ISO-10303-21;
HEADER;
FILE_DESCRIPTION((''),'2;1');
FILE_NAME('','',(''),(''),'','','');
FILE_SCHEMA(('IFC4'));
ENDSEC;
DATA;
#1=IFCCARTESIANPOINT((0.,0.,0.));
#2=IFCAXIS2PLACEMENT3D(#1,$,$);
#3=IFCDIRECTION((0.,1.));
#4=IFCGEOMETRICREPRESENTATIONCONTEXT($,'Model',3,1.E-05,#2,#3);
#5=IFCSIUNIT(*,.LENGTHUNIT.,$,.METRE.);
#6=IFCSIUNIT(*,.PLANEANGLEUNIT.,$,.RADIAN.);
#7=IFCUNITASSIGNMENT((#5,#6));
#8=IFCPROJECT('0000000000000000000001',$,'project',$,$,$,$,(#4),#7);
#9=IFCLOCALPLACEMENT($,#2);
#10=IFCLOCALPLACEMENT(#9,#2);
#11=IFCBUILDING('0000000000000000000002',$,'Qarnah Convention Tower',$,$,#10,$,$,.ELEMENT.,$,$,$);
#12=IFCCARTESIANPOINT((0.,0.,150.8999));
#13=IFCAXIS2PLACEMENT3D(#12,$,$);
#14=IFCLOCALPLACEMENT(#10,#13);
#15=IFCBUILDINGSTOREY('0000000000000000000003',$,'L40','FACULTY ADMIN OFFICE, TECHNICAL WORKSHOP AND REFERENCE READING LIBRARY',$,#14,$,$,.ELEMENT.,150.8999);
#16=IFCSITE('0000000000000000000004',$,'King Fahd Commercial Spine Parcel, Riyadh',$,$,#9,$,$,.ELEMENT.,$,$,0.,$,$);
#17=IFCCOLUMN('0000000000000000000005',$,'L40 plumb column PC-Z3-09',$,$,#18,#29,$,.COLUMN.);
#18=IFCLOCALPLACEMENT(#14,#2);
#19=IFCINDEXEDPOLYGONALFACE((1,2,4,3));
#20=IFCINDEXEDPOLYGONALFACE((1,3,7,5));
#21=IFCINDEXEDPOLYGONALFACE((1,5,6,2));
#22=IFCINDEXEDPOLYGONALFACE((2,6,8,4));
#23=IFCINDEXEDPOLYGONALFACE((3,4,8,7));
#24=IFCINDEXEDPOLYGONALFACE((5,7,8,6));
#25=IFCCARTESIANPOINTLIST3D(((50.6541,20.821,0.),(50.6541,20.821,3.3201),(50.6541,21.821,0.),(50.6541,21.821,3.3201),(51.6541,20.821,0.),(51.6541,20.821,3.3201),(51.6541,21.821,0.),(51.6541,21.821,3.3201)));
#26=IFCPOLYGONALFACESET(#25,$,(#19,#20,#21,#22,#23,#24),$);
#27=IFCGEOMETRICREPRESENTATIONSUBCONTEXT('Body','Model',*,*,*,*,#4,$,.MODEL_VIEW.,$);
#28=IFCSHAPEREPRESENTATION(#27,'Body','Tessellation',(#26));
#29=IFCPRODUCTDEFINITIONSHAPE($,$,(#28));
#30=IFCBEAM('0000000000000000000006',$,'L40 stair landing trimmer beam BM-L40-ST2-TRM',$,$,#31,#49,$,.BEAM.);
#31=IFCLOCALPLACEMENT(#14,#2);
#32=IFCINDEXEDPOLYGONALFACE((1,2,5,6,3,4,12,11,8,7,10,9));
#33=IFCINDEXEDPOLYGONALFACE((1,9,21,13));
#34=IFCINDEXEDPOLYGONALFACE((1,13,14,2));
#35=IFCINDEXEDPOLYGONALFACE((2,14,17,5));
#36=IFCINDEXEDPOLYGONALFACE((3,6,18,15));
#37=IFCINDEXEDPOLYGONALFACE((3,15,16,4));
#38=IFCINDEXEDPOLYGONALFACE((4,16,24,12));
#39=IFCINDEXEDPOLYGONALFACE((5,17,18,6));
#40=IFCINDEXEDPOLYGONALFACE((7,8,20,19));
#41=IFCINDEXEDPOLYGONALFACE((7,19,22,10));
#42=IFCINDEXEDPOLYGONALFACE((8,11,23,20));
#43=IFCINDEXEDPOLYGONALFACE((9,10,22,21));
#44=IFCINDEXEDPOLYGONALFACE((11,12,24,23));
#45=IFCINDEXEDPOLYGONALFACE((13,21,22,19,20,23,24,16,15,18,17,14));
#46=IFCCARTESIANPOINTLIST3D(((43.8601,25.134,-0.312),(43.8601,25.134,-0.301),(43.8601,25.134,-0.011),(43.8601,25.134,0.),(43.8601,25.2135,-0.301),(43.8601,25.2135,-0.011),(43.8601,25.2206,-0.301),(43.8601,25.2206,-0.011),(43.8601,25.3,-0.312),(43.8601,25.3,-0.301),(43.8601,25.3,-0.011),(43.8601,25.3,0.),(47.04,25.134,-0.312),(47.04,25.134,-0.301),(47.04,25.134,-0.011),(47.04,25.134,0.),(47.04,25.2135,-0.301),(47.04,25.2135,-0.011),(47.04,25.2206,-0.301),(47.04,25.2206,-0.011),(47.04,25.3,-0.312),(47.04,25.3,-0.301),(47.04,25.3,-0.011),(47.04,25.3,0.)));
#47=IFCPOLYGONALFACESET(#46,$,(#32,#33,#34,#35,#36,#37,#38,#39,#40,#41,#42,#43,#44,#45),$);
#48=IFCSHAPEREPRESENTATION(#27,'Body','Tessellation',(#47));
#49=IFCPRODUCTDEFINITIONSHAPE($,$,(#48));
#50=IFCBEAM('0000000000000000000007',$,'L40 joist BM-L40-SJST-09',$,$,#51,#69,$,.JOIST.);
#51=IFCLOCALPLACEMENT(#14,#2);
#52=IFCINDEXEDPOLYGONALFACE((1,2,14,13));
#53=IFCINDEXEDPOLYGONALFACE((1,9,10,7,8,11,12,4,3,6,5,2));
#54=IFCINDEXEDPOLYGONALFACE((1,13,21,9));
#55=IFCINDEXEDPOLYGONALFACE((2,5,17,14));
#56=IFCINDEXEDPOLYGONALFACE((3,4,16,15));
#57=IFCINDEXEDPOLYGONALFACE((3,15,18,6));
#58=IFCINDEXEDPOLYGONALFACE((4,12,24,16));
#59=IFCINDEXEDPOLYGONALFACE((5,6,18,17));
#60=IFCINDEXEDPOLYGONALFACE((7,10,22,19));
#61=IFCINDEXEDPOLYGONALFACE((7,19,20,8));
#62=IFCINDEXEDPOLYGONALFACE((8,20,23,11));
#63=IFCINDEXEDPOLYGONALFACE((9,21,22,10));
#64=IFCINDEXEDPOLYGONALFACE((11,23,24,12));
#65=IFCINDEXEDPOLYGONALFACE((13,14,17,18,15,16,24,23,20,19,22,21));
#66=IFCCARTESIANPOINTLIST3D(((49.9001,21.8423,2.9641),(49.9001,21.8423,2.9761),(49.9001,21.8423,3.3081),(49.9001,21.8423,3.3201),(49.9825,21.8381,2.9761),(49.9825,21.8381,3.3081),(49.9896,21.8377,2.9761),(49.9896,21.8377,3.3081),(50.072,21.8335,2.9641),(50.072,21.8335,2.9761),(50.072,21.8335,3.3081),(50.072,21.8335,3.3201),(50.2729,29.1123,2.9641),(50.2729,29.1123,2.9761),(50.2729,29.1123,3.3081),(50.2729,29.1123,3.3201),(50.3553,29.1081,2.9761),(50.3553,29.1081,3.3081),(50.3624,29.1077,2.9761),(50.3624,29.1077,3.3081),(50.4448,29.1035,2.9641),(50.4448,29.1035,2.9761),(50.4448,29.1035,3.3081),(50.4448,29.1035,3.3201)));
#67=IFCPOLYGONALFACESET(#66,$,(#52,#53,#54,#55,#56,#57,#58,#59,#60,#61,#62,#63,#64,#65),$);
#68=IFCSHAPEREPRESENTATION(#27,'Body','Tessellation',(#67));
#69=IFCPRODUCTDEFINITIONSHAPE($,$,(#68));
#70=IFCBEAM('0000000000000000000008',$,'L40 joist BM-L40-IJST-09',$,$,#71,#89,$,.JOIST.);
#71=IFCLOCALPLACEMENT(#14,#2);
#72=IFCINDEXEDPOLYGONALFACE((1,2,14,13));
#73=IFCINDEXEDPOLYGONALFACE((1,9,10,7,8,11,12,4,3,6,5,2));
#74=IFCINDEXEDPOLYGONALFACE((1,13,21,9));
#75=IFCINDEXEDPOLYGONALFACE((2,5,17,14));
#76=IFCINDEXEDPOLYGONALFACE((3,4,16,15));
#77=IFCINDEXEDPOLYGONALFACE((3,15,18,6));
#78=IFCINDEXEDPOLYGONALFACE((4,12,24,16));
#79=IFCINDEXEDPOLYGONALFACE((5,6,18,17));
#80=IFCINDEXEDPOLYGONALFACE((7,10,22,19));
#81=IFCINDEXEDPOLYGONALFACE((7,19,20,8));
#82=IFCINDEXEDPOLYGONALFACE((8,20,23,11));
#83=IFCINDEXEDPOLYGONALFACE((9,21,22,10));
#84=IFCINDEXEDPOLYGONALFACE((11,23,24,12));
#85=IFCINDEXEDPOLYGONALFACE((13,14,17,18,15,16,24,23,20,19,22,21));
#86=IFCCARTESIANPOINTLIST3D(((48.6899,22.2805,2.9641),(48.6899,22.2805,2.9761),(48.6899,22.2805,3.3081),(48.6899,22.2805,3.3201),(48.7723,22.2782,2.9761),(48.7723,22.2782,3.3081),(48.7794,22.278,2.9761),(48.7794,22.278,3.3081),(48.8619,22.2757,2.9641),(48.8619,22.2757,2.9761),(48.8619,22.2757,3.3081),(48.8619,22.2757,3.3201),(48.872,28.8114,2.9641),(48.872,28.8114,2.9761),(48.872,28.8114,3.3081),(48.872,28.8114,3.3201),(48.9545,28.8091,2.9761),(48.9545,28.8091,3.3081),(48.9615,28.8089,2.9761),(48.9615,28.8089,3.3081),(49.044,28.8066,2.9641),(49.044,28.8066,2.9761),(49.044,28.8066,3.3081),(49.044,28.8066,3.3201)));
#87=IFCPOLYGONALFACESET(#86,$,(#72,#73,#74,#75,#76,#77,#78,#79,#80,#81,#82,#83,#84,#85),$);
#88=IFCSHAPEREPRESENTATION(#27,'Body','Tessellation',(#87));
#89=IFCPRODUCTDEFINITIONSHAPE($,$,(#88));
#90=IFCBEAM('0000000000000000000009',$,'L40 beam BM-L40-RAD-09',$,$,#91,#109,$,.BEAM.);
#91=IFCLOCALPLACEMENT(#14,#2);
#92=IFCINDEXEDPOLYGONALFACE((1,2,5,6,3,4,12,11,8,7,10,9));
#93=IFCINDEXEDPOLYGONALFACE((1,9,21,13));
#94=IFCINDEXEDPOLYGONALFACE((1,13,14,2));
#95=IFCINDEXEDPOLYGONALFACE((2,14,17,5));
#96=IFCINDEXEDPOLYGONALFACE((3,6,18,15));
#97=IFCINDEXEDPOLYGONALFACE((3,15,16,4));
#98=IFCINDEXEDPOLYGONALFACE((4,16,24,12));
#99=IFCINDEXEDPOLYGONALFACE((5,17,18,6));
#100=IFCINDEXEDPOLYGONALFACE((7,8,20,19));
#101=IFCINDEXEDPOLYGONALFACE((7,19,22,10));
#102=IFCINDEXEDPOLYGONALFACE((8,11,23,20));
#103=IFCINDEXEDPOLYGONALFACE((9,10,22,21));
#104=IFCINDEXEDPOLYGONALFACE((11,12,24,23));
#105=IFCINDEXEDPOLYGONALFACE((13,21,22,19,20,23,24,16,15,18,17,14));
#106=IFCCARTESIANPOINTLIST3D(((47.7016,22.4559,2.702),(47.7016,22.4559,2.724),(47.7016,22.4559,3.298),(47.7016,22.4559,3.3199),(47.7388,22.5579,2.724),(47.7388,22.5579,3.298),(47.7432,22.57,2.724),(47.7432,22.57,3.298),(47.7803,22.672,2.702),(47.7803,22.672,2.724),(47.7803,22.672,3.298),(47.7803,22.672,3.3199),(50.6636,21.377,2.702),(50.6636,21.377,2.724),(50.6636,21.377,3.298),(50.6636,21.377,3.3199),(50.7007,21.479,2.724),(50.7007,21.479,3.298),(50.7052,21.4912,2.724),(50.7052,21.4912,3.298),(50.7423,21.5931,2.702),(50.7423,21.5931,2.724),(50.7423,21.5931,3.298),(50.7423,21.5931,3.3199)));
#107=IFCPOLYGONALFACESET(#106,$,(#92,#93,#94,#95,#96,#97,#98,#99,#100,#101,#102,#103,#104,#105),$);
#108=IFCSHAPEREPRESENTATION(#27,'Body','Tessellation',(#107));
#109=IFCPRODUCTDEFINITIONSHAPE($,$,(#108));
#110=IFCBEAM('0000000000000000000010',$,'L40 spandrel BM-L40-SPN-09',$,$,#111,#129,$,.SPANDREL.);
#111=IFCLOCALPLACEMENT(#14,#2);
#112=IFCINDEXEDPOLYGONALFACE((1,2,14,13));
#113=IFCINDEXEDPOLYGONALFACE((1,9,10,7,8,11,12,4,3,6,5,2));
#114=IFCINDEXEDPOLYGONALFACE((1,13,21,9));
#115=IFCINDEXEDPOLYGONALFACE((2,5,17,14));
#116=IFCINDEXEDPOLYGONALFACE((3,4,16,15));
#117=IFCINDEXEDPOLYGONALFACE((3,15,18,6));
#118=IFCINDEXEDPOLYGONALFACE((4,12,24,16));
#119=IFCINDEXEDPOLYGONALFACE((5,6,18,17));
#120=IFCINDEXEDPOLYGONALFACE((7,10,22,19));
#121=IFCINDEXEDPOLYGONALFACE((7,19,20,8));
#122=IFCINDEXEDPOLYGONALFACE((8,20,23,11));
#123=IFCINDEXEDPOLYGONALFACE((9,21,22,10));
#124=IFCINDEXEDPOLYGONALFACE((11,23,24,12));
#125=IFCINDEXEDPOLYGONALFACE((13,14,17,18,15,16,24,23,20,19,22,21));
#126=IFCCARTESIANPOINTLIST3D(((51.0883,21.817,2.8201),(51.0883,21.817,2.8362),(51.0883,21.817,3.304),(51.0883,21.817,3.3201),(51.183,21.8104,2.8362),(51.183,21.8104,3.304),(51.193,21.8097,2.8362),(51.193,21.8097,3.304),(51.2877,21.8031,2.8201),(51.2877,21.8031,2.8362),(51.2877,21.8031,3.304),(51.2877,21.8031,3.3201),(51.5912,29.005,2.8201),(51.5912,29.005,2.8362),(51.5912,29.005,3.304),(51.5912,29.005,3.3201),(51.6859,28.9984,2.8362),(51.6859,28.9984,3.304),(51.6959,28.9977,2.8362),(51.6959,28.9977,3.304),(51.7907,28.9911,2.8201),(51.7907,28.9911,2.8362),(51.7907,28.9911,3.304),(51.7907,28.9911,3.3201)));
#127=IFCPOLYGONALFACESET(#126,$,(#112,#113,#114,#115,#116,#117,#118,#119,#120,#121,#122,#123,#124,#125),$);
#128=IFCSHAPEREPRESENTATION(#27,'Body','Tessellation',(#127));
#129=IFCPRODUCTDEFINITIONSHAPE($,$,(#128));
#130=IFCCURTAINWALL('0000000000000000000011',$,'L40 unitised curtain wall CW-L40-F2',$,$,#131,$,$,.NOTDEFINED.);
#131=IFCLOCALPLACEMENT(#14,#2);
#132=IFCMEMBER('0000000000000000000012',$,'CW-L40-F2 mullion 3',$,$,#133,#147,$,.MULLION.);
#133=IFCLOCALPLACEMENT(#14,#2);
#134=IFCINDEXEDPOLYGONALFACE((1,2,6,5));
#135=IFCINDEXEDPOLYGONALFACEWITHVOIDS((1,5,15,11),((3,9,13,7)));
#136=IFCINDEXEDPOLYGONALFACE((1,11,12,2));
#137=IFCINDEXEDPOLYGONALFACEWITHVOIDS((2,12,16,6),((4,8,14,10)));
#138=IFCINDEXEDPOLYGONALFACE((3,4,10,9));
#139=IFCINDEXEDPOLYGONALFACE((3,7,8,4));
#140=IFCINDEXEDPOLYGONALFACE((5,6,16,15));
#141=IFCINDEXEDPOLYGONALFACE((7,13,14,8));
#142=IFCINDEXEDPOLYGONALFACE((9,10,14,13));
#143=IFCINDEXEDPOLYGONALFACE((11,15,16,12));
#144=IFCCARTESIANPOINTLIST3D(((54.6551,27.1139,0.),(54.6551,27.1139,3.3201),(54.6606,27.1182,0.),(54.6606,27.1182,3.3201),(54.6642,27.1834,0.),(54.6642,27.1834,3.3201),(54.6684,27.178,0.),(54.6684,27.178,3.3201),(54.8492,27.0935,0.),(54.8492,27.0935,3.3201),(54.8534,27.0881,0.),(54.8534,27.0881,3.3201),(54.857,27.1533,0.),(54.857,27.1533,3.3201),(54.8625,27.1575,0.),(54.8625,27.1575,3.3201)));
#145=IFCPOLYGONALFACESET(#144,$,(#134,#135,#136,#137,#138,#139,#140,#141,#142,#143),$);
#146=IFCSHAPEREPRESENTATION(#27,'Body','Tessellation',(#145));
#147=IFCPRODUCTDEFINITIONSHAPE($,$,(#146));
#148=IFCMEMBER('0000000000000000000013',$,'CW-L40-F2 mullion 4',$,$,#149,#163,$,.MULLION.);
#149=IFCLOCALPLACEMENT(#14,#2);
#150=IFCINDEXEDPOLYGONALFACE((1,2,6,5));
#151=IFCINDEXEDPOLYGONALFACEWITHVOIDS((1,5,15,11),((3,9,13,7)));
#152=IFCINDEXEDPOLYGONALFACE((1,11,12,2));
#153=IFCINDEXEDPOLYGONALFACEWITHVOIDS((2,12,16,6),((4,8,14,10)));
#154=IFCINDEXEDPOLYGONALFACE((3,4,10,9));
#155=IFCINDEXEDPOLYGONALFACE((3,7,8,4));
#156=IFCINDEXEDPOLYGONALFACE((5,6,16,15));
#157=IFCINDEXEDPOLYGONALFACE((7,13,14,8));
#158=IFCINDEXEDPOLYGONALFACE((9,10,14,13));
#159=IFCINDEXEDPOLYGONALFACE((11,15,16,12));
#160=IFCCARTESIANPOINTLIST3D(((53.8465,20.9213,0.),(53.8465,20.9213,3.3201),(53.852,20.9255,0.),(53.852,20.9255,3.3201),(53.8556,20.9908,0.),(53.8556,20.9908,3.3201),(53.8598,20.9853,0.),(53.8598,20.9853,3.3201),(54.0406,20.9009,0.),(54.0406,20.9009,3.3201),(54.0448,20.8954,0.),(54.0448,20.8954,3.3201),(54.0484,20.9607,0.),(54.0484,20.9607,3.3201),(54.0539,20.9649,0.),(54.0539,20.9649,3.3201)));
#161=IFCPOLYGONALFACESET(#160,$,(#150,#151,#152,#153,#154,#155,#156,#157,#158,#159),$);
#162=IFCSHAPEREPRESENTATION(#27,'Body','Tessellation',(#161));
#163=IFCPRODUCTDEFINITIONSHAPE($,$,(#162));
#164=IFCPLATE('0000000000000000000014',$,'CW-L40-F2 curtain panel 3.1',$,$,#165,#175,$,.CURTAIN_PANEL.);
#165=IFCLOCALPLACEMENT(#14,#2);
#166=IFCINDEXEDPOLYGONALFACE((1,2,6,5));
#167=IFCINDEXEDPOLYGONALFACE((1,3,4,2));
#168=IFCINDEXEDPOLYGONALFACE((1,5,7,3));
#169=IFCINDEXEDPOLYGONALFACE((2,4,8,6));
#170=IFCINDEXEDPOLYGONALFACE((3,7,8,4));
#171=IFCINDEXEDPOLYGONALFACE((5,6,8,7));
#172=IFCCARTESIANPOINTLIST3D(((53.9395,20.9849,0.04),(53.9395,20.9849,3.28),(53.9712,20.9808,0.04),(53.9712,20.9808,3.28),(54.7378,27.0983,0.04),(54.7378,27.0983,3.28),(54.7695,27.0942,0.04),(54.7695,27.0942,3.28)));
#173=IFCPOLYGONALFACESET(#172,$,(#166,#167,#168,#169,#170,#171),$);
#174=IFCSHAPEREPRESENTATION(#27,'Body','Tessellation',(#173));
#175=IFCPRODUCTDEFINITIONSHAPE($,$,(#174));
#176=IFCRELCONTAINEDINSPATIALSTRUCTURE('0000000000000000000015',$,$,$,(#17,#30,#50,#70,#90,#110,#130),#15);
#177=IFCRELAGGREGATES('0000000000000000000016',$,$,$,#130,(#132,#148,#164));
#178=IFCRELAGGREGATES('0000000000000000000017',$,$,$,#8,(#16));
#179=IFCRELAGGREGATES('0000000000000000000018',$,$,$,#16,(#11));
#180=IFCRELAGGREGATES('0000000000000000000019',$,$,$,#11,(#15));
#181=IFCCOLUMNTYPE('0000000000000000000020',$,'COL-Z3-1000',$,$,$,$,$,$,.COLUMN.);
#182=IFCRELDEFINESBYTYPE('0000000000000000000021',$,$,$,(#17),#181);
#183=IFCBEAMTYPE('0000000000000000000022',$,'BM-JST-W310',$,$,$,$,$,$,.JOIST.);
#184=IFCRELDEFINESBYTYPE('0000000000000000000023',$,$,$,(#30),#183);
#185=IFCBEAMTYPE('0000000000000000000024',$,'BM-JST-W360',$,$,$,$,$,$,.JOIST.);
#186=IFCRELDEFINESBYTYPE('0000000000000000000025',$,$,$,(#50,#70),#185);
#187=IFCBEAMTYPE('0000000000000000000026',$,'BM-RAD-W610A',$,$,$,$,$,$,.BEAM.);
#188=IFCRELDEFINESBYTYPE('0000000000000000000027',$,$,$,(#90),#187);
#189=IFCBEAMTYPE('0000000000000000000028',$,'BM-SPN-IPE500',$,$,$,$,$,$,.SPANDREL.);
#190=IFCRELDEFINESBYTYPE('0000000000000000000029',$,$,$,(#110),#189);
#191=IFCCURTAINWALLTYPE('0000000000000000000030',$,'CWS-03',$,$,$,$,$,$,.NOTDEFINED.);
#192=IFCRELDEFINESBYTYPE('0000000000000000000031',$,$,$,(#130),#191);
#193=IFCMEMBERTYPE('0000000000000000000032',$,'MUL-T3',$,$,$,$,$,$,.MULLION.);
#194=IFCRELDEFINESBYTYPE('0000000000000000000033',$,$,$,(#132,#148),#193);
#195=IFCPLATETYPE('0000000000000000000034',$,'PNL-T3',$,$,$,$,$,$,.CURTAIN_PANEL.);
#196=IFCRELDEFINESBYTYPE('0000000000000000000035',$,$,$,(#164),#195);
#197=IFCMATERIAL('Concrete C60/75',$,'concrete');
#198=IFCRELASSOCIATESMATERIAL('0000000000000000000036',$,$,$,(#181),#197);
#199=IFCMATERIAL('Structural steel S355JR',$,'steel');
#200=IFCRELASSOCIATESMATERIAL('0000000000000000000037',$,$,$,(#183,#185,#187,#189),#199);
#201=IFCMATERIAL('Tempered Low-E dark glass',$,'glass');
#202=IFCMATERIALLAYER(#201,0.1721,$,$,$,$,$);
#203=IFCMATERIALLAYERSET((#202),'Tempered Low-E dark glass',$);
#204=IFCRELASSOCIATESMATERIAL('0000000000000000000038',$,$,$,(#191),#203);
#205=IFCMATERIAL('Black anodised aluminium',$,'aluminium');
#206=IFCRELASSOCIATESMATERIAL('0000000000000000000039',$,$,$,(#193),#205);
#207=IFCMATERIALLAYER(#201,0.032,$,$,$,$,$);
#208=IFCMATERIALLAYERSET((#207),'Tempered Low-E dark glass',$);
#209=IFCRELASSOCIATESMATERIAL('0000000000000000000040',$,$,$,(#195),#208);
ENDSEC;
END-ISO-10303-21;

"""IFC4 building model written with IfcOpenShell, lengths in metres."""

from ifc_helpers import new_model, si_unit, direction, frame, origin, origin_2d, place, context, subcontext, project, spatial, rectangle, hollow_rectangle, i_section, extrude, material, layer, layer_set, material_profile, profile_set, type_object, element, aggregate, save


model = new_model("IFC4")

# Units and contexts
model_context = context("Model", 3, precision=1e-05, world=origin(), true_north=direction((0.0, 1.0)))
body_context = subcontext(model_context, "Body", "Model", "MODEL_VIEW")
ifc_project = project(units=[si_unit("LENGTHUNIT", "METRE"), si_unit("PLANEANGLEUNIT", "RADIAN")], contexts=[model_context])

# Site, building, storey
site_placement = place(None, origin())
site = spatial("IfcSite", under=ifc_project, at=site_placement, Name="King Fahd Commercial Spine Parcel, Riyadh", CompositionType="ELEMENT", RefElevation=0.0)
building_placement = place(site_placement, origin())
building = spatial("IfcBuilding", under=site, at=building_placement, Name="Qarnah Convention Tower", CompositionType="ELEMENT")
storey_placement = place(building_placement, frame((0.0, 0.0, 150.8999)))
storey = spatial("IfcBuildingStorey", under=building, at=storey_placement, Name="L40", Description="FACULTY ADMIN OFFICE, TECHNICAL WORKSHOP AND REFERENCE READING LIBRARY", CompositionType="ELEMENT", Elevation=150.8999)

# Column
ifc_material_1 = material(Name="Concrete C60/75", Category="concrete")
ifc_material_profile_1 = material_profile(ifc_material_1, rectangle(XDim=1.0, YDim=1.0, at=origin_2d()), Name="RC-COL-1000X1000")
ifc_profile_set_1 = profile_set([ifc_material_profile_1], Name="Concrete C60/75")
column_type = type_object("IfcColumnType", Name="COL-Z3-1000", PredefinedType="COLUMN", material=ifc_profile_set_1)
column_placement = place(storey_placement, frame((51.1541, 21.321, 0.0), z_axis=(0.0, 0.0, 1.0), x_axis=(1.0, 0.0, 0.0)))
element("IfcColumn", 1, at=column_placement, inside=storey, type_object=column_type, Name="L40 plumb column PC-Z3-09", PredefinedType="COLUMN", context=body_context, shape_type="SweptSolid", body=[
    extrude(rectangle(XDim=1.0, YDim=1.0, at=origin_2d()), origin(), (0.0, 0.0, 1.0), 3.3201),
])

# Beams
ifc_material_2 = material(Name="Structural steel S355JR", Category="steel")
ifc_material_profile_2 = material_profile(ifc_material_2, i_section(OverallWidth=0.166, OverallDepth=0.312, WebThickness=0.0071, FlangeThickness=0.011, at=origin_2d()), Name="W310X45")
ifc_profile_set_2 = profile_set([ifc_material_profile_2], Name="Structural steel S355JR")
beam_type_1 = type_object("IfcBeamType", Name="BM-JST-W310", PredefinedType="JOIST", material=ifc_profile_set_2)
beam_1_placement = place(storey_placement, frame((43.8601, 25.217, -0.156), z_axis=(1.0, 0.0, 0.0), x_axis=(0.0, 1.0, 0.0)))
element("IfcBeam", 2, at=beam_1_placement, inside=storey, type_object=beam_type_1, Name="L40 stair landing trimmer beam BM-L40-ST2-TRM", PredefinedType="BEAM", context=body_context, shape_type="SweptSolid", body=[
    extrude(i_section(OverallWidth=0.166, OverallDepth=0.312, WebThickness=0.0071, FlangeThickness=0.011, at=origin_2d()), origin(), (0.0, 0.0, 1.0), 3.1799),
])
ifc_material_profile_3 = material_profile(ifc_material_2, i_section(OverallWidth=0.1721, OverallDepth=0.356, WebThickness=0.0071, FlangeThickness=0.012, at=origin_2d()), Name="W360X51")
ifc_profile_set_3 = profile_set([ifc_material_profile_3], Name="Structural steel S355JR")
beam_type_2 = type_object("IfcBeamType", Name="BM-JST-W360", PredefinedType="JOIST", material=ifc_profile_set_3)
beam_2_placement = place(storey_placement, frame((49.9861, 21.8379, 3.1421), z_axis=(0.051212, 0.998688, 0.0), x_axis=(-0.998688, 0.051212, 0.0)))
element("IfcBeam", 3, at=beam_2_placement, inside=storey, type_object=beam_type_2, Name="L40 joist BM-L40-SJST-09", PredefinedType="JOIST", context=body_context, shape_type="SweptSolid", body=[
    extrude(i_section(OverallWidth=0.1721, OverallDepth=0.356, WebThickness=0.0071, FlangeThickness=0.012, at=origin_2d()), origin(), (0.0, 0.0, 1.0), 7.2795),
])
beam_3_placement = place(storey_placement, frame((48.7759, 22.2781, 3.1421), z_axis=(0.027876, 0.999611, 0.0), x_axis=(-0.999611, 0.027876, 0.0)))
element("IfcBeam", 4, at=beam_3_placement, inside=storey, type_object=beam_type_2, Name="L40 joist BM-L40-IJST-09", PredefinedType="JOIST", context=body_context, shape_type="SweptSolid", body=[
    extrude(i_section(OverallWidth=0.1721, OverallDepth=0.356, WebThickness=0.0071, FlangeThickness=0.012, at=origin_2d()), origin(), (0.0, 0.0, 1.0), 6.5334),
])
ifc_material_profile_4 = material_profile(ifc_material_2, i_section(OverallWidth=0.23, OverallDepth=0.6179, WebThickness=0.0129, FlangeThickness=0.022, at=origin_2d()), Name="W610X140")
ifc_profile_set_4 = profile_set([ifc_material_profile_4], Name="Structural steel S355JR")
beam_type_3 = type_object("IfcBeamType", Name="BM-RAD-W610A", PredefinedType="BEAM", material=ifc_profile_set_4)
beam_4_placement = place(storey_placement, frame((47.741, 22.564, 3.011), z_axis=(0.93961, -0.342247, 0.0), x_axis=(0.342247, 0.93961, 0.0)))
element("IfcBeam", 5, at=beam_4_placement, inside=storey, type_object=beam_type_3, Name="L40 beam BM-L40-RAD-09", PredefinedType="BEAM", context=body_context, shape_type="SweptSolid", body=[
    extrude(i_section(OverallWidth=0.23, OverallDepth=0.6179, WebThickness=0.0129, FlangeThickness=0.022, at=origin_2d()), origin(), (0.0, 0.0, 1.0), 3.1523),
])
ifc_material_profile_5 = material_profile(ifc_material_2, i_section(OverallWidth=0.2, OverallDepth=0.5, WebThickness=0.01, FlangeThickness=0.0161, at=origin_2d()), Name="IPE500")
ifc_profile_set_5 = profile_set([ifc_material_profile_5], Name="Structural steel S355JR")
beam_type_4 = type_object("IfcBeamType", Name="BM-SPN-IPE500", PredefinedType="SPANDREL", material=ifc_profile_set_5)
beam_5_placement = place(storey_placement, frame((51.188, 21.8101, 3.0701), z_axis=(0.069797, 0.997561, 0.0), x_axis=(-0.997561, 0.069797, 0.0)))
element("IfcBeam", 6, at=beam_5_placement, inside=storey, type_object=beam_type_4, Name="L40 spandrel BM-L40-SPN-09", PredefinedType="SPANDREL", context=body_context, shape_type="SweptSolid", body=[
    extrude(i_section(OverallWidth=0.2, OverallDepth=0.5, WebThickness=0.01, FlangeThickness=0.0161, at=origin_2d()), origin(), (0.0, 0.0, 1.0), 7.2056),
])

# Curtain wall, members, plate
ifc_material_3 = material(Name="Tempered Low-E dark glass", Category="glass")
ifc_layer_1 = layer(ifc_material_3, 0.1721)
ifc_layer_set_1 = layer_set([ifc_layer_1], Name="Tempered Low-E dark glass")
curtain_wall_type = type_object("IfcCurtainWallType", Name="CWS-03", PredefinedType="NOTDEFINED", material=ifc_layer_set_1)
curtain_wall_placement = place(storey_placement, origin())
curtain_wall = element("IfcCurtainWall", 7, at=curtain_wall_placement, inside=storey, type_object=curtain_wall_type, Name="L40 unitised curtain wall CW-L40-F2", PredefinedType="NOTDEFINED")
ifc_material_4 = material(Name="Black anodised aluminium", Category="aluminium")
ifc_material_profile_6 = material_profile(ifc_material_4, hollow_rectangle(XDim=0.0701, YDim=0.2, WallThickness=0.0049, at=origin_2d()), Name="MUL-70X200")
ifc_profile_set_6 = profile_set([ifc_material_profile_6], Name="Black anodised aluminium")
member_type = type_object("IfcMemberType", Name="MUL-T3", PredefinedType="MULLION", material=ifc_profile_set_6)
member_1_placement = place(storey_placement, frame((54.7588, 27.1357, 0.0), z_axis=(0.0, 0.0, 1.0), x_axis=(-0.129476, -0.991583, 0.0)))
member_1 = element("IfcMember", 8, at=member_1_placement, type_object=member_type, Name="CW-L40-F2 mullion 3", PredefinedType="MULLION", context=body_context, shape_type="SweptSolid", body=[
    extrude(hollow_rectangle(XDim=0.0701, YDim=0.2, WallThickness=0.0049, at=origin_2d()), origin(), (0.0, 0.0, 1.0), 3.3201),
])
member_2_placement = place(storey_placement, frame((53.9502, 20.9431, 0.0), z_axis=(0.0, 0.0, 1.0), x_axis=(-0.129476, -0.991583, 0.0)))
member_2 = element("IfcMember", 9, at=member_2_placement, type_object=member_type, Name="CW-L40-F2 mullion 4", PredefinedType="MULLION", context=body_context, shape_type="SweptSolid", body=[
    extrude(hollow_rectangle(XDim=0.0701, YDim=0.2, WallThickness=0.0049, at=origin_2d()), origin(), (0.0, 0.0, 1.0), 3.3201),
])
ifc_layer_2 = layer(ifc_material_3, 0.032)
ifc_layer_set_2 = layer_set([ifc_layer_2], Name="Tempered Low-E dark glass")
plate_type = type_object("IfcPlateType", Name="PNL-T3", PredefinedType="CURTAIN_PANEL", material=ifc_layer_set_2)
plate_placement = place(storey_placement, frame((54.3545, 24.0396, 0.04), z_axis=(0.0, 0.0, 1.0), x_axis=(-0.129476, -0.991583, 0.0)))
plate = element("IfcPlate", 10, at=plate_placement, type_object=plate_type, Name="CW-L40-F2 curtain panel 3.1", PredefinedType="CURTAIN_PANEL", context=body_context, shape_type="SweptSolid", body=[
    extrude(rectangle(XDim=6.1653, YDim=0.032, at=origin_2d()), origin(), (0.0, 0.0, 1.0), 3.24),
])
aggregate(curtain_wall, [member_1, member_2, plate])

save(model, "model.ifc")
